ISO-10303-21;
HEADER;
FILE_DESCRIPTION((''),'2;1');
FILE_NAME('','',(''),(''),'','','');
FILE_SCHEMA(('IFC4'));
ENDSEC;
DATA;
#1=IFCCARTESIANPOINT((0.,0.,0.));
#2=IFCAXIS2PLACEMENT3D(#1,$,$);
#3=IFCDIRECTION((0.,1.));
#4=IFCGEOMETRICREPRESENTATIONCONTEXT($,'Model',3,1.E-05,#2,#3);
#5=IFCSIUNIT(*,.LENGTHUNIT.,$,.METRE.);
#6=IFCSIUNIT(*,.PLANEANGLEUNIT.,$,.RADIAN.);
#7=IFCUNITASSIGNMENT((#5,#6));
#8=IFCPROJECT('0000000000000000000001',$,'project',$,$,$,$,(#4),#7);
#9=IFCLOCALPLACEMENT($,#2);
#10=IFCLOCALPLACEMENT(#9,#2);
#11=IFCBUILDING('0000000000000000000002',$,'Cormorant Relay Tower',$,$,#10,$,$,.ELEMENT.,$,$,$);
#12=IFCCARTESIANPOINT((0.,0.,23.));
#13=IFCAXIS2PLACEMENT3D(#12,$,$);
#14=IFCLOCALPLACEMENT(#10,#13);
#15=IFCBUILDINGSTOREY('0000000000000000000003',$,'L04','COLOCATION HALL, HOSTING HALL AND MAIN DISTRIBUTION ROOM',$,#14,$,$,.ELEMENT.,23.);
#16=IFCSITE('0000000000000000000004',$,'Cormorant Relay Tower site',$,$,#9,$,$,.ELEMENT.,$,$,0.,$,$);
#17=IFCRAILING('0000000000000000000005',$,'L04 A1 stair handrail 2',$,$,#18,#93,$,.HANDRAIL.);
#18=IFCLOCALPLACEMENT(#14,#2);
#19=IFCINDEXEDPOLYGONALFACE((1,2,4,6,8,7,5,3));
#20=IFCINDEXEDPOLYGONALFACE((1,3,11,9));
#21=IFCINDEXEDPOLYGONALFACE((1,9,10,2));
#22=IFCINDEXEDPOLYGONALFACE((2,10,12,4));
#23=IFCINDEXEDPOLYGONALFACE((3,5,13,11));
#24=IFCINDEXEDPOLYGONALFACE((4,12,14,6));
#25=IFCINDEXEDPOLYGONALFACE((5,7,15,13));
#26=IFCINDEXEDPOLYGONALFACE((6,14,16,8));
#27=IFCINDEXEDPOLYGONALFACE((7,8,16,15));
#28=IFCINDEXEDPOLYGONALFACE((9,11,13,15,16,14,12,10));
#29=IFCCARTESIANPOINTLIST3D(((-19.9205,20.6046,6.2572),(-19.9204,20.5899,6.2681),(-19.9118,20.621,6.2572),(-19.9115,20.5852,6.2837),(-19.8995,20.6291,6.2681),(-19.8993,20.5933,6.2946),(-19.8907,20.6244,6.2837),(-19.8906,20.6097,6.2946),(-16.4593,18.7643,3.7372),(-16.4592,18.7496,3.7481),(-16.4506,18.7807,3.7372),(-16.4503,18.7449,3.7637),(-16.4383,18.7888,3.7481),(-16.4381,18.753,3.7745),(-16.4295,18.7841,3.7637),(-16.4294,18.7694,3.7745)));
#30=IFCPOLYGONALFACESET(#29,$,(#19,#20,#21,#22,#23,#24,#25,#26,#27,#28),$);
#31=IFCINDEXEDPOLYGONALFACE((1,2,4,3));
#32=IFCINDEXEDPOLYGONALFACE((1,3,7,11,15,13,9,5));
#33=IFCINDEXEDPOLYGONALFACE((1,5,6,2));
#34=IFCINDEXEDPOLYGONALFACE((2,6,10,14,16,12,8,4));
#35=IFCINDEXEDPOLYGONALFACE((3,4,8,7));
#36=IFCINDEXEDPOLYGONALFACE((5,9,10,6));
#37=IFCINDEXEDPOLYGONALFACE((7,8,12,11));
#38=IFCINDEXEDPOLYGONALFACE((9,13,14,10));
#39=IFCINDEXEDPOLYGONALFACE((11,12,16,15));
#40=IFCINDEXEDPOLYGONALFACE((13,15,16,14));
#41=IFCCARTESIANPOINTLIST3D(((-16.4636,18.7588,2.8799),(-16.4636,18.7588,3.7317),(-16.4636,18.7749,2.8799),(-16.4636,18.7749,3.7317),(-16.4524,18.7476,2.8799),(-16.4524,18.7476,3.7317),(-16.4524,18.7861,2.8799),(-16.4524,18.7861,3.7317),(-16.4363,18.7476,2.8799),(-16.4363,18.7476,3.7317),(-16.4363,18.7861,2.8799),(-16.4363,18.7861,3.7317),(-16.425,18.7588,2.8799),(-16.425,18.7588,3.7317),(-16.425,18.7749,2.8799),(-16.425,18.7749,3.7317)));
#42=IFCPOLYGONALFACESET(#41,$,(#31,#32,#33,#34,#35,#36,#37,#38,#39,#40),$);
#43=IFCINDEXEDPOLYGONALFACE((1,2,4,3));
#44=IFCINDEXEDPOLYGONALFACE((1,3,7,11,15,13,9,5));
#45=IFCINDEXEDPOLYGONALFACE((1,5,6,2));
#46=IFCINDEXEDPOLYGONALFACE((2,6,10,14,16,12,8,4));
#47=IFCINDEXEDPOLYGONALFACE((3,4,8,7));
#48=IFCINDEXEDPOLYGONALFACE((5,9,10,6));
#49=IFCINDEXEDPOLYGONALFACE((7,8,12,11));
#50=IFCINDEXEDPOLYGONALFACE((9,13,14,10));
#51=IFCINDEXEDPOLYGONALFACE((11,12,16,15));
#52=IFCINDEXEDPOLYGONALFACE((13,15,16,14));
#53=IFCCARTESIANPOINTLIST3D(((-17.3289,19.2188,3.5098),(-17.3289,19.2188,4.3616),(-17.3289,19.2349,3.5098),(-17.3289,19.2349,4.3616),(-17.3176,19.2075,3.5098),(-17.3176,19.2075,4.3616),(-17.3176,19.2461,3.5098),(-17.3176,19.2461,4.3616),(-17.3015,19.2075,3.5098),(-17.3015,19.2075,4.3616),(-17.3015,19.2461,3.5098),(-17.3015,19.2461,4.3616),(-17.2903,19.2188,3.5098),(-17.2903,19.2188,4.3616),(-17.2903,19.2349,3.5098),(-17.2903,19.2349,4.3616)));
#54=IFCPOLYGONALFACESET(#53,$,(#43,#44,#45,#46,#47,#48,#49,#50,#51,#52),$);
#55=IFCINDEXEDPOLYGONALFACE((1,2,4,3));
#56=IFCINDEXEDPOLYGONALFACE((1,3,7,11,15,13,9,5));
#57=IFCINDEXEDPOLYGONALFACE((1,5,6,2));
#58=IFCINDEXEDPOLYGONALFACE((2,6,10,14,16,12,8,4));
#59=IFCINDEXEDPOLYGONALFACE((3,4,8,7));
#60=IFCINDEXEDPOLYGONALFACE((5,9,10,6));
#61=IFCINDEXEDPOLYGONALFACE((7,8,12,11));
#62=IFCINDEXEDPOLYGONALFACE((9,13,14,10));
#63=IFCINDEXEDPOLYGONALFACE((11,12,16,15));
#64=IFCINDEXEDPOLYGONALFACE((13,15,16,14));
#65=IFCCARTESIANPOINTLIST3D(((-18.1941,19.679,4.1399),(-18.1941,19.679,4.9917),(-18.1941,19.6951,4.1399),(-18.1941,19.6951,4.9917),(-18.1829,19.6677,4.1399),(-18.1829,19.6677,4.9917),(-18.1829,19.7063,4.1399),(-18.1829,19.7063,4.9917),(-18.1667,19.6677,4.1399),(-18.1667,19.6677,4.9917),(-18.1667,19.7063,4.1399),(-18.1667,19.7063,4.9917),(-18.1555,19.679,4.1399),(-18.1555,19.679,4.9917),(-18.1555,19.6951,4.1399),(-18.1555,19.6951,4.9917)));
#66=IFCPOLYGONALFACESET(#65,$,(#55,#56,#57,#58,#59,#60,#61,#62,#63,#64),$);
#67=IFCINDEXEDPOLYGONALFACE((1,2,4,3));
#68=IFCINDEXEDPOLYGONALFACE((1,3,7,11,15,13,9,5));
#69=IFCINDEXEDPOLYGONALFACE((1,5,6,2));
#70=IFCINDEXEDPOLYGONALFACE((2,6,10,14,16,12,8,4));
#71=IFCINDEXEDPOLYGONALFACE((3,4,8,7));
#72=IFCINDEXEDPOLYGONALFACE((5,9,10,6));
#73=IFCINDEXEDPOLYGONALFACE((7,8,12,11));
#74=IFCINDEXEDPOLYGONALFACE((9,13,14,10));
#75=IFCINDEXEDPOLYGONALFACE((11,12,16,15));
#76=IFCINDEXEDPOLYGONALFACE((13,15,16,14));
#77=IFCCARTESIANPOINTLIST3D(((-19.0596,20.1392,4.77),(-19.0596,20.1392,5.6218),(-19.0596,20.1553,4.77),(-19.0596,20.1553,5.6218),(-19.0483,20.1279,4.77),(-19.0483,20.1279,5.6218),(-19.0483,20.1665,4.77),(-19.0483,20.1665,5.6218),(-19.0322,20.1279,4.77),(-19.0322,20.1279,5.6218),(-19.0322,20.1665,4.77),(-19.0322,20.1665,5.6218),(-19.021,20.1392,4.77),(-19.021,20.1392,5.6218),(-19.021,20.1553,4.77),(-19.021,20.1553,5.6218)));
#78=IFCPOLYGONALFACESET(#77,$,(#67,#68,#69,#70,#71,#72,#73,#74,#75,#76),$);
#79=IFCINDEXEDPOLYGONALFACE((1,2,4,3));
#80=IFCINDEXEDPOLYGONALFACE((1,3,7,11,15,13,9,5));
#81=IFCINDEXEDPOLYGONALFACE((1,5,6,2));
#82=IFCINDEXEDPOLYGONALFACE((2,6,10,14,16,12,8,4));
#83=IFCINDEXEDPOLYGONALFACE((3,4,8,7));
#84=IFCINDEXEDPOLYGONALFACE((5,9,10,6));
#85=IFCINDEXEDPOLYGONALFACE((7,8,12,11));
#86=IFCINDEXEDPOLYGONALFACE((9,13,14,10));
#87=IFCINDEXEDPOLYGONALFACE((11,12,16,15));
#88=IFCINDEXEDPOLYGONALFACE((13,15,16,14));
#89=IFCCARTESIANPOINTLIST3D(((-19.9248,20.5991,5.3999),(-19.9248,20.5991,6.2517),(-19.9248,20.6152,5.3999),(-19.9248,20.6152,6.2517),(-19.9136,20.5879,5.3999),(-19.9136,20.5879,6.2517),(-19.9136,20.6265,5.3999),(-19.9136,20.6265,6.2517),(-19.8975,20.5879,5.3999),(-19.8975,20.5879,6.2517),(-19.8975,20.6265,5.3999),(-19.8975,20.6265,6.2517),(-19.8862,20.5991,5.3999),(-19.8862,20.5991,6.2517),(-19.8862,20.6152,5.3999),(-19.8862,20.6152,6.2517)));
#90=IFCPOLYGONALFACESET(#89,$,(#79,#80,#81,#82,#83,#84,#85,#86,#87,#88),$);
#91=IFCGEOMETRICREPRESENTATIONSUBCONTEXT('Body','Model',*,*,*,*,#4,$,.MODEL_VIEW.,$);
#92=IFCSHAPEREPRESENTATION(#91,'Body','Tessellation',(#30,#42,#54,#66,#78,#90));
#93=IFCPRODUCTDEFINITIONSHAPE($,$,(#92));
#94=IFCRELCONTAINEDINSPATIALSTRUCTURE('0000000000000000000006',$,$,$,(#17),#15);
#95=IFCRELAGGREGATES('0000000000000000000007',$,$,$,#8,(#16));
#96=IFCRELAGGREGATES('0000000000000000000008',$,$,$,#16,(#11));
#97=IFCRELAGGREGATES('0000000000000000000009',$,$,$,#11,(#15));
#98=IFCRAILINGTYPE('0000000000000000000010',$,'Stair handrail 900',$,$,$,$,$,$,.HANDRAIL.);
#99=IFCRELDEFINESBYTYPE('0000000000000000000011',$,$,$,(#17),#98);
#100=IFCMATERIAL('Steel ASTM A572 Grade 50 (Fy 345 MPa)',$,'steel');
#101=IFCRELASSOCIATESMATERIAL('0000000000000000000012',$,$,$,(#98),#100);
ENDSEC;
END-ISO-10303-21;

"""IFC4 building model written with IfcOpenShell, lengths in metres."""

from ifc_helpers import new_model, si_unit, direction, frame, origin, place, context, subcontext, project, spatial, polyline, outline, extrude, material, type_object, element, save


model = new_model("IFC4")

# Units and contexts
model_context = context("Model", 3, precision=1e-05, world=origin(), true_north=direction((0.0, 1.0)))
body_context = subcontext(model_context, "Body", "Model", "MODEL_VIEW")
ifc_project = project(units=[si_unit("LENGTHUNIT", "METRE"), si_unit("PLANEANGLEUNIT", "RADIAN")], contexts=[model_context])

# Site, building, storey
site_placement = place(None, origin())
site = spatial("IfcSite", under=ifc_project, at=site_placement, Name="Cormorant Relay Tower site", CompositionType="ELEMENT", RefElevation=0.0)
building_placement = place(site_placement, origin())
building = spatial("IfcBuilding", under=site, at=building_placement, Name="Cormorant Relay Tower", CompositionType="ELEMENT")
storey_placement = place(building_placement, frame((0.0, 0.0, 23.0)))
storey = spatial("IfcBuildingStorey", under=building, at=storey_placement, Name="L04", Description="COLOCATION HALL, HOSTING HALL AND MAIN DISTRIBUTION ROOM", CompositionType="ELEMENT", Elevation=23.0)

# Railing
ifc_material_1 = material(Name="Steel ASTM A572 Grade 50 (Fy 345 MPa)", Category="steel")
railing_type_1 = type_object("IfcRailingType", Name="Stair handrail 900", PredefinedType="HANDRAIL", material=ifc_material_1)
railing_1_placement = place(storey_placement, frame((-16.4443, 18.7668, 2.8799)))
element("IfcRailing", 1, at=railing_1_placement, inside=storey, type_object=railing_type_1, Name="L04 A1 stair handrail 2", PredefinedType="HANDRAIL", context=body_context, shape_type="SweptSolid", body=[
    extrude(outline(polyline([(0.0222, 0.0093), (0.0093, 0.0222), (-0.0093, 0.0222), (-0.0222, 0.0093), (-0.0222, -0.0093), (-0.0093, -0.0222), (0.0093, -0.0222), (0.0222, -0.0093), (0.0222, 0.0093)])), frame((0.0, 0.0, 0.876), z_axis=(-0.742717, 0.394907, 0.540758), x_axis=(-0.469469, -0.882949, 0.0)), (0.0, 0.0, 1.0), 4.6602),
    extrude(outline(polyline([(0.0193, 0.0081), (0.0081, 0.0193), (-0.0081, 0.0193), (-0.0193, 0.0081), (-0.0193, -0.0081), (-0.0081, -0.0193), (0.0081, -0.0193), (0.0193, -0.0081), (0.0193, 0.0081)])), origin(), (0.0, 0.0, 1.0), 0.8518),
    extrude(outline(polyline([(0.0193, 0.0081), (0.0081, 0.0193), (-0.0081, 0.0193), (-0.0193, 0.0081), (-0.0193, -0.0081), (-0.0081, -0.0193), (0.0081, -0.0193), (0.0193, -0.0081), (0.0193, 0.0081)])), frame((-0.8652, 0.46, 0.6299)), (0.0, 0.0, 1.0), 0.8518),
    extrude(outline(polyline([(0.0193, 0.0081), (0.0081, 0.0193), (-0.0081, 0.0193), (-0.0193, 0.0081), (-0.0193, -0.0081), (-0.0081, -0.0193), (0.0081, -0.0193), (0.0193, -0.0081), (0.0193, 0.0081)])), frame((-1.7305, 0.9202, 1.26)), (0.0, 0.0, 1.0), 0.8518),
    extrude(outline(polyline([(0.0193, 0.0081), (0.0081, 0.0193), (-0.0081, 0.0193), (-0.0193, 0.0081), (-0.0193, -0.0081), (-0.0081, -0.0193), (0.0081, -0.0193), (0.0193, -0.0081), (0.0193, 0.0081)])), frame((-2.5959, 1.3804, 1.8901)), (0.0, 0.0, 1.0), 0.8518),
    extrude(outline(polyline([(0.0193, 0.0081), (0.0081, 0.0193), (-0.0081, 0.0193), (-0.0193, 0.0081), (-0.0193, -0.0081), (-0.0081, -0.0193), (0.0081, -0.0193), (0.0193, -0.0081), (0.0193, 0.0081)])), frame((-3.4612, 1.8403, 2.52)), (0.0, 0.0, 1.0), 0.8518),
])

save(model, "model.ifc")
